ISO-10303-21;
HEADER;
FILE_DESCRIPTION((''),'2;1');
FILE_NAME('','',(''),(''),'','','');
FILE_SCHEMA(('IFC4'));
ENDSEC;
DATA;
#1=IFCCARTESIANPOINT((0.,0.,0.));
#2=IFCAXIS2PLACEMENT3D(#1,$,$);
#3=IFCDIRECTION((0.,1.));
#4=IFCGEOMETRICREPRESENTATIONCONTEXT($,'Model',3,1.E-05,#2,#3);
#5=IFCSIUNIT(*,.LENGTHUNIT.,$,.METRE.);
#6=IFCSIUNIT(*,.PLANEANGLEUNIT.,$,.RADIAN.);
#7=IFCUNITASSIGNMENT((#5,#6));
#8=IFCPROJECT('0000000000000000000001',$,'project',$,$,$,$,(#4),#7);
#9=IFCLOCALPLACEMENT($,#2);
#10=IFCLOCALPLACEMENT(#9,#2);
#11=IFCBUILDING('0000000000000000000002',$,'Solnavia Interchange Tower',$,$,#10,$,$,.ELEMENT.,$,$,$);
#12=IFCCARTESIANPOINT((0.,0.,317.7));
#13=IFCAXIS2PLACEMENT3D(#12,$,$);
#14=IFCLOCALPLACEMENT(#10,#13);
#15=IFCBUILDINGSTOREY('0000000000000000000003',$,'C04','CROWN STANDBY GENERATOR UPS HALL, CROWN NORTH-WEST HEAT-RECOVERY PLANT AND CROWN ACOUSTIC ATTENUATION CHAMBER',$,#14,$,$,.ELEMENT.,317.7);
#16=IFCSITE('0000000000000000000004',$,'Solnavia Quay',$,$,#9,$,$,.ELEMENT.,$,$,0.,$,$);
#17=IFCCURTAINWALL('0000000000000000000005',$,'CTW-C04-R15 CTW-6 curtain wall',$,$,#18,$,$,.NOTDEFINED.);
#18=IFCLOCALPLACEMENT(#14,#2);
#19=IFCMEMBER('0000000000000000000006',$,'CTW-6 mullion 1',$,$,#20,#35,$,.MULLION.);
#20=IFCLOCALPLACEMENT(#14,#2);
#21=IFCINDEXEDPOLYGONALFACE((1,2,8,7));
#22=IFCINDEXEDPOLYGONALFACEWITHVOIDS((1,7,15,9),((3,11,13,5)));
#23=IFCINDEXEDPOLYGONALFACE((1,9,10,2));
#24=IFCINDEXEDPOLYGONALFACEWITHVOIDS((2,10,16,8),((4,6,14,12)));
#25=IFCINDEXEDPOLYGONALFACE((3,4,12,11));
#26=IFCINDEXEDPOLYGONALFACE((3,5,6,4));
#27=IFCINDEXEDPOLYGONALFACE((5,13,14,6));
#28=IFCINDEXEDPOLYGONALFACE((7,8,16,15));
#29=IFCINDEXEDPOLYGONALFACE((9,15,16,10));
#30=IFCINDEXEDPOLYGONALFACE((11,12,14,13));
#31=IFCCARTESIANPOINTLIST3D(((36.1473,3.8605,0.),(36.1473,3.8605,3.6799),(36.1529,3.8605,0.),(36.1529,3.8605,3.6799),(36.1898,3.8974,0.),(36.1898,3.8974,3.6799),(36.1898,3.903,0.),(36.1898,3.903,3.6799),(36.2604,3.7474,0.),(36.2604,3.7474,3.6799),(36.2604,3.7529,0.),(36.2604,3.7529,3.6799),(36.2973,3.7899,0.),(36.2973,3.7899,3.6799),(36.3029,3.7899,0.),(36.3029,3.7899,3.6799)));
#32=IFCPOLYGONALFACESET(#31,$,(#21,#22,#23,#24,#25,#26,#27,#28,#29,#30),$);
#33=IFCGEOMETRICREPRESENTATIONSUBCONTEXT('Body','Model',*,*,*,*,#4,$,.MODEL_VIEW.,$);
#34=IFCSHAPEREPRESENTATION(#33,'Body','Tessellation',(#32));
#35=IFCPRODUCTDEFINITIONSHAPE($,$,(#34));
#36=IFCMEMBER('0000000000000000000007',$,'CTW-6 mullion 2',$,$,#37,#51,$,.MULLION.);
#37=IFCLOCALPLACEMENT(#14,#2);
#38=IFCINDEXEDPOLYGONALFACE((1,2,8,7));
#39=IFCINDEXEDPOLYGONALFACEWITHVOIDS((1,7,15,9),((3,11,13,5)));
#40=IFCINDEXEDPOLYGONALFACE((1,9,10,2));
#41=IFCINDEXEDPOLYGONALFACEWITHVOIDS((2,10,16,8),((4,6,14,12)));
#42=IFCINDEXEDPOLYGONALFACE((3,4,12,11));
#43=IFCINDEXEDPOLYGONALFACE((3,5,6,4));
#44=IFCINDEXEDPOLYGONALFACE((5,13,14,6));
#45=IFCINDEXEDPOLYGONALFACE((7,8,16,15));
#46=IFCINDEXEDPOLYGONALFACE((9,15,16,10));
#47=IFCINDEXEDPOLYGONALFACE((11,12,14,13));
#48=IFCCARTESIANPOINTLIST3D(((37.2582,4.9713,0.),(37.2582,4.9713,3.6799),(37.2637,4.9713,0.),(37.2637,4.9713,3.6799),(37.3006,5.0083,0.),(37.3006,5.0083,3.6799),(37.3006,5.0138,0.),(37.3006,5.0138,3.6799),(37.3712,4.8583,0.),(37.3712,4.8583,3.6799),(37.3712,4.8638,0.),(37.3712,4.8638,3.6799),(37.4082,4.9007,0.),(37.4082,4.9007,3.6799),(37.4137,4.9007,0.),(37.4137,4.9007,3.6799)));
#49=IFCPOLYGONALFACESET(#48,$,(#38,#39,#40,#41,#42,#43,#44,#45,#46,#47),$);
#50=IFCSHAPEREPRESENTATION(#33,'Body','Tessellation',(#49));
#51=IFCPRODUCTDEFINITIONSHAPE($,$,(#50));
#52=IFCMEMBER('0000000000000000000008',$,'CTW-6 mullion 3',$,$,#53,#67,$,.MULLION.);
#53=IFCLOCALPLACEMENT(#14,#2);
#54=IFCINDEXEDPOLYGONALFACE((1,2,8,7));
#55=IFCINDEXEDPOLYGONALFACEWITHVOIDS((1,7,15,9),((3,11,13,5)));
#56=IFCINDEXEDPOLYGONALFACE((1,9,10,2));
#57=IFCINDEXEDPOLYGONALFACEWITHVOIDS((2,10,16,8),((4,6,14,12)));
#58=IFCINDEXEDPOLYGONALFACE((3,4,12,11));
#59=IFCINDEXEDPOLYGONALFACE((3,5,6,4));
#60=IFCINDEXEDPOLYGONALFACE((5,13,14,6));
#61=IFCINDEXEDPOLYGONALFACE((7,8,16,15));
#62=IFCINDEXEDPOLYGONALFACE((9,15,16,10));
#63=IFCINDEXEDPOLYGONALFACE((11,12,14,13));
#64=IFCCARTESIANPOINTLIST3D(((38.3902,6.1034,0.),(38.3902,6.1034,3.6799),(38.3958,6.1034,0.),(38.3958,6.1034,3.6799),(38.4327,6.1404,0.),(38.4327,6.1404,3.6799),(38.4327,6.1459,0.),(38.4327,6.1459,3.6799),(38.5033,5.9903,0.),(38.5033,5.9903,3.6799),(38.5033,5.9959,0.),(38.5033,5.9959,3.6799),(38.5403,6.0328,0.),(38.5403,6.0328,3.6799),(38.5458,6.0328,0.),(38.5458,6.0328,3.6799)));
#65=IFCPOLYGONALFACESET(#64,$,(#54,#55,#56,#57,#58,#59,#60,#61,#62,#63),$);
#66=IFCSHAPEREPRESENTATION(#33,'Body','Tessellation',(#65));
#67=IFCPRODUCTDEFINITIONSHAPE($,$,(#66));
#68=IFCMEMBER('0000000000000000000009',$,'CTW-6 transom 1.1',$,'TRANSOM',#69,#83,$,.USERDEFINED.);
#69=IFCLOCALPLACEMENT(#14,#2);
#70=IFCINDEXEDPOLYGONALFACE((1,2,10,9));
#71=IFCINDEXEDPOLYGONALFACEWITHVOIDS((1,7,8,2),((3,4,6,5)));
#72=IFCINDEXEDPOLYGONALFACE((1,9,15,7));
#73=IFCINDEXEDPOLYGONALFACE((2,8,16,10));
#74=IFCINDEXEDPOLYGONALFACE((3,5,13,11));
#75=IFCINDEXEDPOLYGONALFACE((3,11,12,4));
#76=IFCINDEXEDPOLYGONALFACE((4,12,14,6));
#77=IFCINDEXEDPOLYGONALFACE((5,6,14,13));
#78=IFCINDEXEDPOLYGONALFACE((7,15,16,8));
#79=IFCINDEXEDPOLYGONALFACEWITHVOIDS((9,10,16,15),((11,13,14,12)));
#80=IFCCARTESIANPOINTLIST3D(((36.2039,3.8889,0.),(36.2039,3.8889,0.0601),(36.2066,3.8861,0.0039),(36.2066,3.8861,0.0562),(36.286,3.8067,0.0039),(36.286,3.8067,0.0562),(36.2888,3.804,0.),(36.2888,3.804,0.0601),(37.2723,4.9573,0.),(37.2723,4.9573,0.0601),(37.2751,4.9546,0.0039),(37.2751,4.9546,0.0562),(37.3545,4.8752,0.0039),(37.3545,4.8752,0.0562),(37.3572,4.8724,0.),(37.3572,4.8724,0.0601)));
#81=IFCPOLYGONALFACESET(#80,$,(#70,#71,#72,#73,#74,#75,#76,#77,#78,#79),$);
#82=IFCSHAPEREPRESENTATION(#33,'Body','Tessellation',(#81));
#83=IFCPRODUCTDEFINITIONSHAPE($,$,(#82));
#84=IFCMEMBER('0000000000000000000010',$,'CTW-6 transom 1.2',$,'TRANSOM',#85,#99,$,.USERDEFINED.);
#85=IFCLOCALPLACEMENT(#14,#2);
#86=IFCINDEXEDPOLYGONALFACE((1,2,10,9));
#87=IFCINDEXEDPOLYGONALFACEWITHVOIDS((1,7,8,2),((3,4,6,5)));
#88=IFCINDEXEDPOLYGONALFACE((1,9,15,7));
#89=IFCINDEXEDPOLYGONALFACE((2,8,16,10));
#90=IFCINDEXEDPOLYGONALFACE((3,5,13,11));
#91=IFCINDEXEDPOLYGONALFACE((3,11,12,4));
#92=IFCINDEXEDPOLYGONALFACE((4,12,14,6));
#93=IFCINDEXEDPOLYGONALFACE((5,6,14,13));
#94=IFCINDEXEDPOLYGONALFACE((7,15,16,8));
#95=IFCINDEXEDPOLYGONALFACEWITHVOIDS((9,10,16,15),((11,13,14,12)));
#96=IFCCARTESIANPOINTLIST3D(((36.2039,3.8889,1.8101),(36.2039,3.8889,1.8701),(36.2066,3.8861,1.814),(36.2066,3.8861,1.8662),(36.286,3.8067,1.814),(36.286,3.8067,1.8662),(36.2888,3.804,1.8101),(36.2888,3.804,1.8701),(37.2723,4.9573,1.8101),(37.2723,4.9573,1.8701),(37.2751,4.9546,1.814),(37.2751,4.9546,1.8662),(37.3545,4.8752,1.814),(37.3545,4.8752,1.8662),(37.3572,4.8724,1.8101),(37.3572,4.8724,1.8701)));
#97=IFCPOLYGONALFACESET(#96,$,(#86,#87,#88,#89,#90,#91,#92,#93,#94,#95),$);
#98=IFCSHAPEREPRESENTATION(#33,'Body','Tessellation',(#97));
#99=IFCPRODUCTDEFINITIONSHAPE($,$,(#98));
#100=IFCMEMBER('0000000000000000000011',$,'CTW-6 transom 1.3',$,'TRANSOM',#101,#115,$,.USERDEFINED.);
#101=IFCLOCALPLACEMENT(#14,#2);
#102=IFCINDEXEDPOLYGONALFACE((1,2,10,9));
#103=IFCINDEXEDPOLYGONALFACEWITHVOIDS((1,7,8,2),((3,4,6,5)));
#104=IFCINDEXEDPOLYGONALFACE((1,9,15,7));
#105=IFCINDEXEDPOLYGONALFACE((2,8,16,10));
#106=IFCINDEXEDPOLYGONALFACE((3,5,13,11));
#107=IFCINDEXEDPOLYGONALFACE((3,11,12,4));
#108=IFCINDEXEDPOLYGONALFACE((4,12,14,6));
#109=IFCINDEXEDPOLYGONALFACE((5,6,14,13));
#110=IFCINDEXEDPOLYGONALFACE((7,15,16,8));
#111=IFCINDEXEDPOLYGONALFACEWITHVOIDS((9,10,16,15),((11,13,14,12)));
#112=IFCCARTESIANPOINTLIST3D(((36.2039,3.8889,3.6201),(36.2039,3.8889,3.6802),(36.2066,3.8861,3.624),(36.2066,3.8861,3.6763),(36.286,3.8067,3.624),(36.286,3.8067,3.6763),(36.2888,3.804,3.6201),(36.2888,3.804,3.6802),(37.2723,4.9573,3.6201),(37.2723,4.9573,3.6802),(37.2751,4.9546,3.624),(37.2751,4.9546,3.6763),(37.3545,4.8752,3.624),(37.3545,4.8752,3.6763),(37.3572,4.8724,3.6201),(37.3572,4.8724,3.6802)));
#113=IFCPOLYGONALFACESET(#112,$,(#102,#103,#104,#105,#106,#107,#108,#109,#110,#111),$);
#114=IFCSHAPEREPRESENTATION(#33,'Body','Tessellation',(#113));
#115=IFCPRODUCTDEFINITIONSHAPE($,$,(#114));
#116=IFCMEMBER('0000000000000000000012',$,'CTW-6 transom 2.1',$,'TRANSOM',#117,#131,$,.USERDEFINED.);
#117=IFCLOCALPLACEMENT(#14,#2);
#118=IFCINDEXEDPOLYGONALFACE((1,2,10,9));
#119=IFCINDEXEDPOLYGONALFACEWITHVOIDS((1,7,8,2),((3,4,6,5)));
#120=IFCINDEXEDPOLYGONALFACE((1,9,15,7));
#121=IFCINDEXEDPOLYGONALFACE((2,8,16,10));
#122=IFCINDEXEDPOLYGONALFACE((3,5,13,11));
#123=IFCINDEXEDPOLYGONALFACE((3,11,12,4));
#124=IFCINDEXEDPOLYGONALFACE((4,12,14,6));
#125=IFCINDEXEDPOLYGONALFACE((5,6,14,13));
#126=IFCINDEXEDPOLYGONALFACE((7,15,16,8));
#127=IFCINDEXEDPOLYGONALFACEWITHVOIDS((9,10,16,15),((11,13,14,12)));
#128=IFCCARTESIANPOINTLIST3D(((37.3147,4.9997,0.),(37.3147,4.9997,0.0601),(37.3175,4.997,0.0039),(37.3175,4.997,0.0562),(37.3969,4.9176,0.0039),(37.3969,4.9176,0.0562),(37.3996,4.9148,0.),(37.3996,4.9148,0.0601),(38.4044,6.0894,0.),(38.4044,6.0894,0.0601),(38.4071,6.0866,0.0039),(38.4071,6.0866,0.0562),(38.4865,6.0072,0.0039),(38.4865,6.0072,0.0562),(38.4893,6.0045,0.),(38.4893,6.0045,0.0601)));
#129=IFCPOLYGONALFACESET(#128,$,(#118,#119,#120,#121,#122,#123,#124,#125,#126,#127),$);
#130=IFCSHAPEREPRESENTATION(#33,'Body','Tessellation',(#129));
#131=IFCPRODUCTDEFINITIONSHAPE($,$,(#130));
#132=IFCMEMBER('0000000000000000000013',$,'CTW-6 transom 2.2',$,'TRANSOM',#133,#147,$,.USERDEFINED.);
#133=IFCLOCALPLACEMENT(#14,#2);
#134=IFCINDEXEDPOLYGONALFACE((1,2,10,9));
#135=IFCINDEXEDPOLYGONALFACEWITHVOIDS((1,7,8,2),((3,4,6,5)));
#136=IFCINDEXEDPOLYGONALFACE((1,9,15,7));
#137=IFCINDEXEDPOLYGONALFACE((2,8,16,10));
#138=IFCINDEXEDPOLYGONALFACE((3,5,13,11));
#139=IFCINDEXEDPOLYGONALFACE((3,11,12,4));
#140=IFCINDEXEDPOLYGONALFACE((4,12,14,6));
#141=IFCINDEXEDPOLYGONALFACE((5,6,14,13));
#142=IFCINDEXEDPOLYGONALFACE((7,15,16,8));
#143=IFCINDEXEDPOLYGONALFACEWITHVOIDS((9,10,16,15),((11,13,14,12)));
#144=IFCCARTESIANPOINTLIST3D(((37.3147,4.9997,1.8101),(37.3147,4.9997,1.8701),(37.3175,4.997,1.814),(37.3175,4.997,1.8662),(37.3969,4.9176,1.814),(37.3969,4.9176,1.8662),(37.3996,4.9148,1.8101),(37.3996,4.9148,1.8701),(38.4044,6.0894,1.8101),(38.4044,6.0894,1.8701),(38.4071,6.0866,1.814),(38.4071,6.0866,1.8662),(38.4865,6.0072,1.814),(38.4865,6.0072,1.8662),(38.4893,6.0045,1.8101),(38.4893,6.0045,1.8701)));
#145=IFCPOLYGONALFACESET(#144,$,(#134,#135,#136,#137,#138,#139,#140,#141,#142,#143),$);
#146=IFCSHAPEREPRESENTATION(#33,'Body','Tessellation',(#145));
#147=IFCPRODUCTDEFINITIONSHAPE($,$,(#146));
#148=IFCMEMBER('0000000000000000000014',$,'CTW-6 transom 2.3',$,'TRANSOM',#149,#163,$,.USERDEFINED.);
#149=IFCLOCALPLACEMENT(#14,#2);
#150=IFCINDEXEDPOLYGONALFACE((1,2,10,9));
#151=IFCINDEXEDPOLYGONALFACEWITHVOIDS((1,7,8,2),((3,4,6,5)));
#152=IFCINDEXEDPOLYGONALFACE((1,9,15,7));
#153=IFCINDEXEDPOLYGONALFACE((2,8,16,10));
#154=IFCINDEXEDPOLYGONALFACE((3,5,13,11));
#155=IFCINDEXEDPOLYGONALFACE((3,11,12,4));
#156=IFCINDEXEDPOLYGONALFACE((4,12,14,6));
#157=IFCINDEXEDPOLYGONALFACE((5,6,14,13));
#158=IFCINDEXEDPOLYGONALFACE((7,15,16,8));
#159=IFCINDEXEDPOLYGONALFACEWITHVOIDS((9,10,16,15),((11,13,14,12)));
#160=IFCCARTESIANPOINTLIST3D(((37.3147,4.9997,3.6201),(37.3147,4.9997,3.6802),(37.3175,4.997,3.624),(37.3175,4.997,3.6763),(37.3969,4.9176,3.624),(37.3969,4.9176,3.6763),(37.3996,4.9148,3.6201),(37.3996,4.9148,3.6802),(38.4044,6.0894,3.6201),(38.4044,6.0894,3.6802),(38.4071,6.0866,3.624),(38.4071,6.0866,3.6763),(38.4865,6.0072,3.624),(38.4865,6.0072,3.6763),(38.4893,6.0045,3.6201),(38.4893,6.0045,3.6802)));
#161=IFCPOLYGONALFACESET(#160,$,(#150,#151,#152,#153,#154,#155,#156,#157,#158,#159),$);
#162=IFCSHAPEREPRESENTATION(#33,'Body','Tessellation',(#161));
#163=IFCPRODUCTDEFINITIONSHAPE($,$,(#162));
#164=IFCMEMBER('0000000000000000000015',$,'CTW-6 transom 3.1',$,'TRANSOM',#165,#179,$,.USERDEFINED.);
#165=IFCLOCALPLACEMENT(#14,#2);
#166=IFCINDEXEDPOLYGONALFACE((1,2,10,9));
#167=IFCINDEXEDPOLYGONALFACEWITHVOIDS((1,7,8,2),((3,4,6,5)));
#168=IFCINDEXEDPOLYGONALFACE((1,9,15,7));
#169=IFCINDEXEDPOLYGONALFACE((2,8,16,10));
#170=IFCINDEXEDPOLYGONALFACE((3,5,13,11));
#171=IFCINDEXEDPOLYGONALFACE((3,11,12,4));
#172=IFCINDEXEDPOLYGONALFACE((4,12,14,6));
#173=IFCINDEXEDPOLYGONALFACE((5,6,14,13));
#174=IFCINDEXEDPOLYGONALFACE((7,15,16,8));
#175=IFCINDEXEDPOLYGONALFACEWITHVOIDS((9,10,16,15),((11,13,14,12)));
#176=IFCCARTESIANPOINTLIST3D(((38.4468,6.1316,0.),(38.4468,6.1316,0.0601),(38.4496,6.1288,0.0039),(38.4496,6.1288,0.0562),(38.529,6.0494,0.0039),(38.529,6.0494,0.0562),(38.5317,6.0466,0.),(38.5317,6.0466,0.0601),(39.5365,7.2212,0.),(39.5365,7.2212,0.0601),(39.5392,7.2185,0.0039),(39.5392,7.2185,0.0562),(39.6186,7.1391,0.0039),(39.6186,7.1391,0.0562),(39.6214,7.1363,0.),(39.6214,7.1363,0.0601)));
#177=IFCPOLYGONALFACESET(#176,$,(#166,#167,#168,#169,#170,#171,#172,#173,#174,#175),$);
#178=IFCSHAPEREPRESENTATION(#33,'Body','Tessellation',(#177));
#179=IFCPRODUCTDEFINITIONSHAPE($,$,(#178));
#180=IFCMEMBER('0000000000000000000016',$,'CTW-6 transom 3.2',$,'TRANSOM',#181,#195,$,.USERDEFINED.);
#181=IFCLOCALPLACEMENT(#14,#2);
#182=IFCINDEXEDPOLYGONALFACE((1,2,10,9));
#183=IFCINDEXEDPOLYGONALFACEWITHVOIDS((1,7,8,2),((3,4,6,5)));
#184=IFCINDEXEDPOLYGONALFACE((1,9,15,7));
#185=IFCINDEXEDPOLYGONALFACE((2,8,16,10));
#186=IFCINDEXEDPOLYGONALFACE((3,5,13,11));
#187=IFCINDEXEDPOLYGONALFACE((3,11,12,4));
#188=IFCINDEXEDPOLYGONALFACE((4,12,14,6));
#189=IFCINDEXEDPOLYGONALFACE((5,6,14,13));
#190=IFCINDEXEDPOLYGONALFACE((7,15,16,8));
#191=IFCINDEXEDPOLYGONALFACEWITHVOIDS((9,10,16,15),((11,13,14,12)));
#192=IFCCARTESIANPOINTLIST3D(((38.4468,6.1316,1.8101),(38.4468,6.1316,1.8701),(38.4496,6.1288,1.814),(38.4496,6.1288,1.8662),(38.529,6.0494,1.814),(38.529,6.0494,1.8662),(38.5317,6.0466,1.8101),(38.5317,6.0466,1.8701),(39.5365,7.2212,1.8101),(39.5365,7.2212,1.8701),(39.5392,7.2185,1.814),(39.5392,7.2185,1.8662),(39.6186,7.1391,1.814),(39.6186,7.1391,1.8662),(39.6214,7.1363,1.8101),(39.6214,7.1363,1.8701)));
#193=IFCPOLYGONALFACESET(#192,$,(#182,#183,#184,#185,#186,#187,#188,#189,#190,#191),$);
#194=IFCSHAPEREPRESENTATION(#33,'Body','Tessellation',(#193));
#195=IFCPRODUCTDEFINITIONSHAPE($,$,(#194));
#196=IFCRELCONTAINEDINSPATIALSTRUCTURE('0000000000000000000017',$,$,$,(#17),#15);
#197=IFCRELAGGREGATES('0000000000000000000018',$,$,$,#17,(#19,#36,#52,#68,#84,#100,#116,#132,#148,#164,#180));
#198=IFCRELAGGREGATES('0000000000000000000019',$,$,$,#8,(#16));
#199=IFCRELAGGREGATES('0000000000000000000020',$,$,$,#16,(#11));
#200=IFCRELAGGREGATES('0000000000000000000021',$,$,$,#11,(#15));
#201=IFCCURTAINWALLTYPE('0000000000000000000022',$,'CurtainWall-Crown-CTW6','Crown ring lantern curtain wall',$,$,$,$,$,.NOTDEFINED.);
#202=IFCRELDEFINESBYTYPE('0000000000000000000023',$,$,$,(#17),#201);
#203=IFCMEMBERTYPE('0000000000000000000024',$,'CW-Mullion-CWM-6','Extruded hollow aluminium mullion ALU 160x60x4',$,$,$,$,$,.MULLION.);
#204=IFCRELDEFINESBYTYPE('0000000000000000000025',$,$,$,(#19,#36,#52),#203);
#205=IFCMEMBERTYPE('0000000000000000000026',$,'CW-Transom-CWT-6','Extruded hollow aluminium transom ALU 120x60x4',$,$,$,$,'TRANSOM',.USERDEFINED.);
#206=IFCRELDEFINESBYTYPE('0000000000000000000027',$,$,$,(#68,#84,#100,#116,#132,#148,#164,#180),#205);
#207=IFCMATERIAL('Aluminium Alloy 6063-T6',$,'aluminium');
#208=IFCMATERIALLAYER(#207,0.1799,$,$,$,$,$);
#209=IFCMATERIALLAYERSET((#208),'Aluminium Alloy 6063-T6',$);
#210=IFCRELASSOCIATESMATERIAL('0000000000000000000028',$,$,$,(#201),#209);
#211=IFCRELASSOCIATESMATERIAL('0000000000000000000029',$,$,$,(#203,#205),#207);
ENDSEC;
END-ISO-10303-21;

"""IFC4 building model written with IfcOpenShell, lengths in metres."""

from ifc_helpers import new_model, si_unit, direction, frame, origin, origin_2d, place, context, subcontext, project, spatial, hollow_rectangle, extrude, material, layer, layer_set, material_profile, profile_set, type_object, element, aggregate, save


model = new_model("IFC4")

# Units and contexts
model_context = context("Model", 3, precision=1e-05, world=origin(), true_north=direction((0.0, 1.0)))
body_context = subcontext(model_context, "Body", "Model", "MODEL_VIEW")
ifc_project = project(units=[si_unit("LENGTHUNIT", "METRE"), si_unit("PLANEANGLEUNIT", "RADIAN")], contexts=[model_context])

# Site, building, storey
site_placement = place(None, origin())
site = spatial("IfcSite", under=ifc_project, at=site_placement, Name="Solnavia Quay", CompositionType="ELEMENT", RefElevation=0.0)
building_placement = place(site_placement, origin())
building = spatial("IfcBuilding", under=site, at=building_placement, Name="Solnavia Interchange Tower", CompositionType="ELEMENT")
storey_placement = place(building_placement, frame((0.0, 0.0, 317.7)))
storey = spatial("IfcBuildingStorey", under=building, at=storey_placement, Name="C04", Description="CROWN STANDBY GENERATOR UPS HALL, CROWN NORTH-WEST HEAT-RECOVERY PLANT AND CROWN ACOUSTIC ATTENUATION CHAMBER", CompositionType="ELEMENT", Elevation=317.7)

# Curtain wall, members
ifc_material_1 = material(Name="Aluminium Alloy 6063-T6", Category="aluminium")
ifc_layer_1 = layer(ifc_material_1, 0.1799)
ifc_layer_set_1 = layer_set([ifc_layer_1], Name="Aluminium Alloy 6063-T6")
curtain_wall_type = type_object("IfcCurtainWallType", Name="CurtainWall-Crown-CTW6", Description="Crown ring lantern curtain wall", PredefinedType="NOTDEFINED", material=ifc_layer_set_1)
curtain_wall_placement = place(storey_placement, origin())
curtain_wall = element("IfcCurtainWall", 1, at=curtain_wall_placement, inside=storey, type_object=curtain_wall_type, Name="CTW-C04-R15 CTW-6 curtain wall", PredefinedType="NOTDEFINED")
ifc_material_profile_1 = material_profile(ifc_material_1, hollow_rectangle(XDim=0.0601, YDim=0.1599, WallThickness=0.0039, at=origin_2d()), Name="ALU 160x60x4")
ifc_profile_set_1 = profile_set([ifc_material_profile_1], Name="Aluminium Alloy 6063-T6")
member_type_1 = type_object("IfcMemberType", Name="CW-Mullion-CWM-6", Description="Extruded hollow aluminium mullion ALU 160x60x4", PredefinedType="MULLION", material=ifc_profile_set_1)
member_1_placement = place(storey_placement, frame((36.2251, 3.8252, 0.0), z_axis=(0.0, 0.0, 1.0), x_axis=(0.707107, 0.707107, 0.0)))
member_1 = element("IfcMember", 2, at=member_1_placement, type_object=member_type_1, Name="CTW-6 mullion 1", PredefinedType="MULLION", context=body_context, shape_type="SweptSolid", body=[
    extrude(hollow_rectangle(XDim=0.0601, YDim=0.1599, WallThickness=0.0039, at=origin_2d()), origin(), (0.0, 0.0, 1.0), 3.6799),
])
member_2_placement = place(storey_placement, frame((37.3359, 4.936, 0.0), z_axis=(0.0, 0.0, 1.0), x_axis=(0.707107, 0.707107, 0.0)))
member_2 = element("IfcMember", 3, at=member_2_placement, type_object=member_type_1, Name="CTW-6 mullion 2", PredefinedType="MULLION", context=body_context, shape_type="SweptSolid", body=[
    extrude(hollow_rectangle(XDim=0.0601, YDim=0.1599, WallThickness=0.0039, at=origin_2d()), origin(), (0.0, 0.0, 1.0), 3.6799),
])
member_3_placement = place(storey_placement, frame((38.468, 6.0681, 0.0), z_axis=(0.0, 0.0, 1.0), x_axis=(0.707107, 0.707107, 0.0)))
member_3 = element("IfcMember", 4, at=member_3_placement, type_object=member_type_1, Name="CTW-6 mullion 3", PredefinedType="MULLION", context=body_context, shape_type="SweptSolid", body=[
    extrude(hollow_rectangle(XDim=0.0601, YDim=0.1599, WallThickness=0.0039, at=origin_2d()), origin(), (0.0, 0.0, 1.0), 3.6799),
])
ifc_material_profile_2 = material_profile(ifc_material_1, hollow_rectangle(XDim=0.0601, YDim=0.1201, WallThickness=0.0039, at=origin_2d()), Name="ALU 120x60x4")
ifc_profile_set_2 = profile_set([ifc_material_profile_2], Name="Aluminium Alloy 6063-T6")
member_type_2 = type_object("IfcMemberType", Name="CW-Transom-CWT-6", Description="Extruded hollow aluminium transom ALU 120x60x4", ElementType="TRANSOM", PredefinedType="USERDEFINED", material=ifc_profile_set_2)
member_4_placement = place(storey_placement, frame((36.2463, 3.8464, 0.03), z_axis=(0.707107, 0.707107, 0.0), x_axis=(0.0, 0.0, 1.0)))
member_4 = element("IfcMember", 5, at=member_4_placement, type_object=member_type_2, Name="CTW-6 transom 1.1", ObjectType="TRANSOM", PredefinedType="USERDEFINED", context=body_context, shape_type="SweptSolid", body=[
    extrude(hollow_rectangle(XDim=0.0601, YDim=0.1201, WallThickness=0.0039, at=origin_2d()), origin(), (0.0, 0.0, 1.0), 1.511),
])
member_5_placement = place(storey_placement, frame((36.2463, 3.8464, 1.8401), z_axis=(0.707107, 0.707107, 0.0), x_axis=(0.0, 0.0, 1.0)))
member_5 = element("IfcMember", 6, at=member_5_placement, type_object=member_type_2, Name="CTW-6 transom 1.2", ObjectType="TRANSOM", PredefinedType="USERDEFINED", context=body_context, shape_type="SweptSolid", body=[
    extrude(hollow_rectangle(XDim=0.0601, YDim=0.1201, WallThickness=0.0039, at=origin_2d()), origin(), (0.0, 0.0, 1.0), 1.511),
])
member_6_placement = place(storey_placement, frame((36.2463, 3.8464, 3.6501), z_axis=(0.707107, 0.707107, 0.0), x_axis=(0.0, 0.0, 1.0)))
member_6 = element("IfcMember", 7, at=member_6_placement, type_object=member_type_2, Name="CTW-6 transom 1.3", ObjectType="TRANSOM", PredefinedType="USERDEFINED", context=body_context, shape_type="SweptSolid", body=[
    extrude(hollow_rectangle(XDim=0.0601, YDim=0.1201, WallThickness=0.0039, at=origin_2d()), origin(), (0.0, 0.0, 1.0), 1.511),
])
member_7_placement = place(storey_placement, frame((37.3572, 4.9573, 0.03), z_axis=(0.707107, 0.707107, 0.0), x_axis=(0.0, 0.0, 1.0)))
member_7 = element("IfcMember", 8, at=member_7_placement, type_object=member_type_2, Name="CTW-6 transom 2.1", ObjectType="TRANSOM", PredefinedType="USERDEFINED", context=body_context, shape_type="SweptSolid", body=[
    extrude(hollow_rectangle(XDim=0.0601, YDim=0.1201, WallThickness=0.0039, at=origin_2d()), origin(), (0.0, 0.0, 1.0), 1.541),
])
member_8_placement = place(storey_placement, frame((37.3572, 4.9573, 1.8401), z_axis=(0.707107, 0.707107, 0.0), x_axis=(0.0, 0.0, 1.0)))
member_8 = element("IfcMember", 9, at=member_8_placement, type_object=member_type_2, Name="CTW-6 transom 2.2", ObjectType="TRANSOM", PredefinedType="USERDEFINED", context=body_context, shape_type="SweptSolid", body=[
    extrude(hollow_rectangle(XDim=0.0601, YDim=0.1201, WallThickness=0.0039, at=origin_2d()), origin(), (0.0, 0.0, 1.0), 1.541),
])
member_9_placement = place(storey_placement, frame((37.3572, 4.9573, 3.6501), z_axis=(0.707107, 0.707107, 0.0), x_axis=(0.0, 0.0, 1.0)))
member_9 = element("IfcMember", 10, at=member_9_placement, type_object=member_type_2, Name="CTW-6 transom 2.3", ObjectType="TRANSOM", PredefinedType="USERDEFINED", context=body_context, shape_type="SweptSolid", body=[
    extrude(hollow_rectangle(XDim=0.0601, YDim=0.1201, WallThickness=0.0039, at=origin_2d()), origin(), (0.0, 0.0, 1.0), 1.541),
])
member_10_placement = place(storey_placement, frame((38.4893, 6.0891, 0.03), z_axis=(0.707107, 0.707107, 0.0), x_axis=(0.0, 0.0, 1.0)))
member_10 = element("IfcMember", 11, at=member_10_placement, type_object=member_type_2, Name="CTW-6 transom 3.1", ObjectType="TRANSOM", PredefinedType="USERDEFINED", context=body_context, shape_type="SweptSolid", body=[
    extrude(hollow_rectangle(XDim=0.0601, YDim=0.1201, WallThickness=0.0039, at=origin_2d()), origin(), (0.0, 0.0, 1.0), 1.541),
])
member_11_placement = place(storey_placement, frame((38.4893, 6.0891, 1.8401), z_axis=(0.707107, 0.707107, 0.0), x_axis=(0.0, 0.0, 1.0)))
member_11 = element("IfcMember", 12, at=member_11_placement, type_object=member_type_2, Name="CTW-6 transom 3.2", ObjectType="TRANSOM", PredefinedType="USERDEFINED", context=body_context, shape_type="SweptSolid", body=[
    extrude(hollow_rectangle(XDim=0.0601, YDim=0.1201, WallThickness=0.0039, at=origin_2d()), origin(), (0.0, 0.0, 1.0), 1.541),
])

aggregate(curtain_wall, [member_1, member_2, member_3, member_4, member_5, member_6, member_7, member_8, member_9, member_10, member_11])

save(model, "model.ifc")
